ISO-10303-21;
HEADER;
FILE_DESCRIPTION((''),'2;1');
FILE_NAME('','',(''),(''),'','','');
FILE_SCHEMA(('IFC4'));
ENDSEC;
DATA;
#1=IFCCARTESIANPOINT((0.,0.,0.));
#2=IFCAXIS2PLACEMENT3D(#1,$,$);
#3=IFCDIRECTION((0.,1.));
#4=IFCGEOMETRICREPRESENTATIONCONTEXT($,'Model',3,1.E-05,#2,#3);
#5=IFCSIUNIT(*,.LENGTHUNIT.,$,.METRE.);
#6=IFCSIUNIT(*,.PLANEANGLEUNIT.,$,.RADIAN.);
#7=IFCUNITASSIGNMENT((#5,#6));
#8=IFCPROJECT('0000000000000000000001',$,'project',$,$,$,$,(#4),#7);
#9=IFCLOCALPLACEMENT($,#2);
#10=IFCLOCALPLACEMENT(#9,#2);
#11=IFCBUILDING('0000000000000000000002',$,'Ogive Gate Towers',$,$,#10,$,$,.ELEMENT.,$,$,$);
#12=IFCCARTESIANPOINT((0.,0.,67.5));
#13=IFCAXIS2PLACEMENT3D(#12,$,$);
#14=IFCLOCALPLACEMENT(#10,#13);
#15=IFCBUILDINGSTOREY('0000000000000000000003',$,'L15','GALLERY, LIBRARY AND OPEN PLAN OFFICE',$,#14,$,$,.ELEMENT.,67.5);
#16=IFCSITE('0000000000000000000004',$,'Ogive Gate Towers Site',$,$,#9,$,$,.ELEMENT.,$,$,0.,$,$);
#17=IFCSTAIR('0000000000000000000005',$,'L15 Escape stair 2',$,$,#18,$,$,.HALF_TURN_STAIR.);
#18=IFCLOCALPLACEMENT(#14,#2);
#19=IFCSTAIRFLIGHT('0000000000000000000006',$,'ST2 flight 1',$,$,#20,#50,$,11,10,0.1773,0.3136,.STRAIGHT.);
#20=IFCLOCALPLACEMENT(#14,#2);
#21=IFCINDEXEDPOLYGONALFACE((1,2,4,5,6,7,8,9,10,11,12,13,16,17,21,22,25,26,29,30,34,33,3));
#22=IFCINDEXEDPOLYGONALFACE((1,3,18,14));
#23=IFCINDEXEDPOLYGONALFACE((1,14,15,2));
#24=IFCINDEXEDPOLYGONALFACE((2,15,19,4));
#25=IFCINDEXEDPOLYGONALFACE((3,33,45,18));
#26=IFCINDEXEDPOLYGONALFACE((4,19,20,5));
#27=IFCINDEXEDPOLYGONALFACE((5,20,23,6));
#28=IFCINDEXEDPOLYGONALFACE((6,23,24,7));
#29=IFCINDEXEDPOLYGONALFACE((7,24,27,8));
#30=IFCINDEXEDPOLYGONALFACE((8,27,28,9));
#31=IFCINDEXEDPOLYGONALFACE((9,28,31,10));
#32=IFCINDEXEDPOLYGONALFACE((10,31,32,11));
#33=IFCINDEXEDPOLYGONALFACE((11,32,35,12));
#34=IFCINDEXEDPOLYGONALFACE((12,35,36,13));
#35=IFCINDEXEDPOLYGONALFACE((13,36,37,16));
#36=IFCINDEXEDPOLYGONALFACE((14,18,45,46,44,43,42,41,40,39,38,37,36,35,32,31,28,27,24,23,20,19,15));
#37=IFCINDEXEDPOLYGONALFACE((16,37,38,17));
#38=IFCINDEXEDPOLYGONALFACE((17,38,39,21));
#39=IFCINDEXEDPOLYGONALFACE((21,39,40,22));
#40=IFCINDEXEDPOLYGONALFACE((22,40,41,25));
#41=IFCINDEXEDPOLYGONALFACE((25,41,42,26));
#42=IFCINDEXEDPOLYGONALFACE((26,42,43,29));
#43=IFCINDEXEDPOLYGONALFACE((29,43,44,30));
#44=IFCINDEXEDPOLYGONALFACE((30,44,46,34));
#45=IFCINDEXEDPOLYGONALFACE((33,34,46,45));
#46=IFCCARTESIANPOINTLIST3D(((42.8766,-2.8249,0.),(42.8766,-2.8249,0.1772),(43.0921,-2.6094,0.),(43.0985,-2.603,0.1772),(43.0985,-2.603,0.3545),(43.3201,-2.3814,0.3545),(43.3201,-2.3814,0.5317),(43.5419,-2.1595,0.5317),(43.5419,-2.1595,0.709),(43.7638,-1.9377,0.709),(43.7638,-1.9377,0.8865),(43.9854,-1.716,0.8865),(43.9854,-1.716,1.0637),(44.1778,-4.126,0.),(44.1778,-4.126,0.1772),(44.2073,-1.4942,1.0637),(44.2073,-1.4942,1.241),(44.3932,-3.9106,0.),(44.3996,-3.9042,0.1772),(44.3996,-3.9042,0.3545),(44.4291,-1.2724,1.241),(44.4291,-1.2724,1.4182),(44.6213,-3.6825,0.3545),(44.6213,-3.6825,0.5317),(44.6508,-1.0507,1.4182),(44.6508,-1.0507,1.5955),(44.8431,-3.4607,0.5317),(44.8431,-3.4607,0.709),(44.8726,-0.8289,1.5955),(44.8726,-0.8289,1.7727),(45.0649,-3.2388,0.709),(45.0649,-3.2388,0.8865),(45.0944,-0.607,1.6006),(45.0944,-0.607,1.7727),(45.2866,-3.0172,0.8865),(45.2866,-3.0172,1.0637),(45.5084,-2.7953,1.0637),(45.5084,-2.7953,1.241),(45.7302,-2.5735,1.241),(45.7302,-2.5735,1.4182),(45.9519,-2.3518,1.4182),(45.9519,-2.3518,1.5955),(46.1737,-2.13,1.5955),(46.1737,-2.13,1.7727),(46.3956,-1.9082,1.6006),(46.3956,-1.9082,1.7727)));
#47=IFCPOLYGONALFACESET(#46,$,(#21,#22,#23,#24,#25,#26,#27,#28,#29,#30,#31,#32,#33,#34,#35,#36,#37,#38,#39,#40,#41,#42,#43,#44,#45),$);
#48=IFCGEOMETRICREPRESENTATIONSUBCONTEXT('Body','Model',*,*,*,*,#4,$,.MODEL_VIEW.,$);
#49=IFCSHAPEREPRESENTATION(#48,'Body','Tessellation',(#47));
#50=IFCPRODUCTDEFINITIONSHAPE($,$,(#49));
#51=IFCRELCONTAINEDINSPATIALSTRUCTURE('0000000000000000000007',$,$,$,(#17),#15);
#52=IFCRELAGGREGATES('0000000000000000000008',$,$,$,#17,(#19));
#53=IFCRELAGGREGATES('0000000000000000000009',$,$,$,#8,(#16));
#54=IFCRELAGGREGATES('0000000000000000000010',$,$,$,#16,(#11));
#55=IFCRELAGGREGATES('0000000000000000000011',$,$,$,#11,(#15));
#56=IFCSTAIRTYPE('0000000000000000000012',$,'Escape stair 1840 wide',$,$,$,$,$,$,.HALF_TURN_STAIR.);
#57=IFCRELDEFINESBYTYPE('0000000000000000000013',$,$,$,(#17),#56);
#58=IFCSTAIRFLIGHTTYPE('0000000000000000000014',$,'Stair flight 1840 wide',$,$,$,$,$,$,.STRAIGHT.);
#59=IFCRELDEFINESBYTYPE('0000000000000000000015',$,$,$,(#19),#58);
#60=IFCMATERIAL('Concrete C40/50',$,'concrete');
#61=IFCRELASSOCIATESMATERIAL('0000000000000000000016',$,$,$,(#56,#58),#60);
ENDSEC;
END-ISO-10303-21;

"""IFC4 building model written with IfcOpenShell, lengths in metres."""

from ifc_helpers import new_model, si_unit, direction, frame, origin, place, context, subcontext, project, spatial, polyline, outline, extrude, material, type_object, element, aggregate, save


model = new_model("IFC4")

# Units and contexts
model_context = context("Model", 3, precision=1e-05, world=origin(), true_north=direction((0.0, 1.0)))
body_context = subcontext(model_context, "Body", "Model", "MODEL_VIEW")
ifc_project = project(units=[si_unit("LENGTHUNIT", "METRE"), si_unit("PLANEANGLEUNIT", "RADIAN")], contexts=[model_context])

# Site, building, storey
site_placement = place(None, origin())
site = spatial("IfcSite", under=ifc_project, at=site_placement, Name="Ogive Gate Towers Site", CompositionType="ELEMENT", RefElevation=0.0)
building_placement = place(site_placement, origin())
building = spatial("IfcBuilding", under=site, at=building_placement, Name="Ogive Gate Towers", CompositionType="ELEMENT")
storey_placement = place(building_placement, frame((0.0, 0.0, 67.5)))
storey = spatial("IfcBuildingStorey", under=building, at=storey_placement, Name="L15", Description="GALLERY, LIBRARY AND OPEN PLAN OFFICE", CompositionType="ELEMENT", Elevation=67.5)

# Stair, stair flight
ifc_material_1 = material(Name="Concrete C40/50", Category="concrete")
stair_type = type_object("IfcStairType", Name="Escape stair 1840 wide", PredefinedType="HALF_TURN_STAIR", material=ifc_material_1)
stair_placement = place(storey_placement, origin())
stair = element("IfcStair", 1, at=stair_placement, inside=storey, type_object=stair_type, Name="L15 Escape stair 2", PredefinedType="HALF_TURN_STAIR")
stair_flight_type = type_object("IfcStairFlightType", Name="Stair flight 1840 wide", PredefinedType="STRAIGHT", material=ifc_material_1)
stair_flight_placement = place(storey_placement, frame((43.5271, -3.4753, 0.0), z_axis=(0.0, 0.0, 1.0), x_axis=(0.707107, 0.707107, 0.0)))
stair_flight = element("IfcStairFlight", 2, at=stair_flight_placement, type_object=stair_flight_type, Name="ST2 flight 1", NumberOfRisers=11, NumberOfTreads=10, PredefinedType="STRAIGHT", RiserHeight=0.1773, TreadLength=0.3136, context=body_context, shape_type="SweptSolid", body=[
    extrude(outline(polyline([(0.0, 0.0), (0.0, 0.1772), (0.3137, 0.1772), (0.3137, 0.3545), (0.6272, 0.3545), (0.6272, 0.5317), (0.9409, 0.5317), (0.9409, 0.709), (1.2546, 0.709), (1.2546, 0.8865), (1.5681, 0.8865), (1.5681, 1.0637), (1.8818, 1.0637), (1.8818, 1.241), (2.1956, 1.241), (2.1956, 1.4182), (2.509, 1.4182), (2.509, 1.5955), (2.8228, 1.5955), (2.8228, 1.7727), (3.1365, 1.7727), (3.1365, 1.95), (3.1365, 1.6006), (0.3047, 0.0), (0.0, 0.0)])), frame((0.0, 0.9199, 0.0), z_axis=(0.0, -1.0, 0.0), x_axis=(1.0, 0.0, 0.0)), (0.0, 0.0, 1.0), 1.8401),
])
aggregate(stair, [stair_flight])

save(model, "model.ifc")
